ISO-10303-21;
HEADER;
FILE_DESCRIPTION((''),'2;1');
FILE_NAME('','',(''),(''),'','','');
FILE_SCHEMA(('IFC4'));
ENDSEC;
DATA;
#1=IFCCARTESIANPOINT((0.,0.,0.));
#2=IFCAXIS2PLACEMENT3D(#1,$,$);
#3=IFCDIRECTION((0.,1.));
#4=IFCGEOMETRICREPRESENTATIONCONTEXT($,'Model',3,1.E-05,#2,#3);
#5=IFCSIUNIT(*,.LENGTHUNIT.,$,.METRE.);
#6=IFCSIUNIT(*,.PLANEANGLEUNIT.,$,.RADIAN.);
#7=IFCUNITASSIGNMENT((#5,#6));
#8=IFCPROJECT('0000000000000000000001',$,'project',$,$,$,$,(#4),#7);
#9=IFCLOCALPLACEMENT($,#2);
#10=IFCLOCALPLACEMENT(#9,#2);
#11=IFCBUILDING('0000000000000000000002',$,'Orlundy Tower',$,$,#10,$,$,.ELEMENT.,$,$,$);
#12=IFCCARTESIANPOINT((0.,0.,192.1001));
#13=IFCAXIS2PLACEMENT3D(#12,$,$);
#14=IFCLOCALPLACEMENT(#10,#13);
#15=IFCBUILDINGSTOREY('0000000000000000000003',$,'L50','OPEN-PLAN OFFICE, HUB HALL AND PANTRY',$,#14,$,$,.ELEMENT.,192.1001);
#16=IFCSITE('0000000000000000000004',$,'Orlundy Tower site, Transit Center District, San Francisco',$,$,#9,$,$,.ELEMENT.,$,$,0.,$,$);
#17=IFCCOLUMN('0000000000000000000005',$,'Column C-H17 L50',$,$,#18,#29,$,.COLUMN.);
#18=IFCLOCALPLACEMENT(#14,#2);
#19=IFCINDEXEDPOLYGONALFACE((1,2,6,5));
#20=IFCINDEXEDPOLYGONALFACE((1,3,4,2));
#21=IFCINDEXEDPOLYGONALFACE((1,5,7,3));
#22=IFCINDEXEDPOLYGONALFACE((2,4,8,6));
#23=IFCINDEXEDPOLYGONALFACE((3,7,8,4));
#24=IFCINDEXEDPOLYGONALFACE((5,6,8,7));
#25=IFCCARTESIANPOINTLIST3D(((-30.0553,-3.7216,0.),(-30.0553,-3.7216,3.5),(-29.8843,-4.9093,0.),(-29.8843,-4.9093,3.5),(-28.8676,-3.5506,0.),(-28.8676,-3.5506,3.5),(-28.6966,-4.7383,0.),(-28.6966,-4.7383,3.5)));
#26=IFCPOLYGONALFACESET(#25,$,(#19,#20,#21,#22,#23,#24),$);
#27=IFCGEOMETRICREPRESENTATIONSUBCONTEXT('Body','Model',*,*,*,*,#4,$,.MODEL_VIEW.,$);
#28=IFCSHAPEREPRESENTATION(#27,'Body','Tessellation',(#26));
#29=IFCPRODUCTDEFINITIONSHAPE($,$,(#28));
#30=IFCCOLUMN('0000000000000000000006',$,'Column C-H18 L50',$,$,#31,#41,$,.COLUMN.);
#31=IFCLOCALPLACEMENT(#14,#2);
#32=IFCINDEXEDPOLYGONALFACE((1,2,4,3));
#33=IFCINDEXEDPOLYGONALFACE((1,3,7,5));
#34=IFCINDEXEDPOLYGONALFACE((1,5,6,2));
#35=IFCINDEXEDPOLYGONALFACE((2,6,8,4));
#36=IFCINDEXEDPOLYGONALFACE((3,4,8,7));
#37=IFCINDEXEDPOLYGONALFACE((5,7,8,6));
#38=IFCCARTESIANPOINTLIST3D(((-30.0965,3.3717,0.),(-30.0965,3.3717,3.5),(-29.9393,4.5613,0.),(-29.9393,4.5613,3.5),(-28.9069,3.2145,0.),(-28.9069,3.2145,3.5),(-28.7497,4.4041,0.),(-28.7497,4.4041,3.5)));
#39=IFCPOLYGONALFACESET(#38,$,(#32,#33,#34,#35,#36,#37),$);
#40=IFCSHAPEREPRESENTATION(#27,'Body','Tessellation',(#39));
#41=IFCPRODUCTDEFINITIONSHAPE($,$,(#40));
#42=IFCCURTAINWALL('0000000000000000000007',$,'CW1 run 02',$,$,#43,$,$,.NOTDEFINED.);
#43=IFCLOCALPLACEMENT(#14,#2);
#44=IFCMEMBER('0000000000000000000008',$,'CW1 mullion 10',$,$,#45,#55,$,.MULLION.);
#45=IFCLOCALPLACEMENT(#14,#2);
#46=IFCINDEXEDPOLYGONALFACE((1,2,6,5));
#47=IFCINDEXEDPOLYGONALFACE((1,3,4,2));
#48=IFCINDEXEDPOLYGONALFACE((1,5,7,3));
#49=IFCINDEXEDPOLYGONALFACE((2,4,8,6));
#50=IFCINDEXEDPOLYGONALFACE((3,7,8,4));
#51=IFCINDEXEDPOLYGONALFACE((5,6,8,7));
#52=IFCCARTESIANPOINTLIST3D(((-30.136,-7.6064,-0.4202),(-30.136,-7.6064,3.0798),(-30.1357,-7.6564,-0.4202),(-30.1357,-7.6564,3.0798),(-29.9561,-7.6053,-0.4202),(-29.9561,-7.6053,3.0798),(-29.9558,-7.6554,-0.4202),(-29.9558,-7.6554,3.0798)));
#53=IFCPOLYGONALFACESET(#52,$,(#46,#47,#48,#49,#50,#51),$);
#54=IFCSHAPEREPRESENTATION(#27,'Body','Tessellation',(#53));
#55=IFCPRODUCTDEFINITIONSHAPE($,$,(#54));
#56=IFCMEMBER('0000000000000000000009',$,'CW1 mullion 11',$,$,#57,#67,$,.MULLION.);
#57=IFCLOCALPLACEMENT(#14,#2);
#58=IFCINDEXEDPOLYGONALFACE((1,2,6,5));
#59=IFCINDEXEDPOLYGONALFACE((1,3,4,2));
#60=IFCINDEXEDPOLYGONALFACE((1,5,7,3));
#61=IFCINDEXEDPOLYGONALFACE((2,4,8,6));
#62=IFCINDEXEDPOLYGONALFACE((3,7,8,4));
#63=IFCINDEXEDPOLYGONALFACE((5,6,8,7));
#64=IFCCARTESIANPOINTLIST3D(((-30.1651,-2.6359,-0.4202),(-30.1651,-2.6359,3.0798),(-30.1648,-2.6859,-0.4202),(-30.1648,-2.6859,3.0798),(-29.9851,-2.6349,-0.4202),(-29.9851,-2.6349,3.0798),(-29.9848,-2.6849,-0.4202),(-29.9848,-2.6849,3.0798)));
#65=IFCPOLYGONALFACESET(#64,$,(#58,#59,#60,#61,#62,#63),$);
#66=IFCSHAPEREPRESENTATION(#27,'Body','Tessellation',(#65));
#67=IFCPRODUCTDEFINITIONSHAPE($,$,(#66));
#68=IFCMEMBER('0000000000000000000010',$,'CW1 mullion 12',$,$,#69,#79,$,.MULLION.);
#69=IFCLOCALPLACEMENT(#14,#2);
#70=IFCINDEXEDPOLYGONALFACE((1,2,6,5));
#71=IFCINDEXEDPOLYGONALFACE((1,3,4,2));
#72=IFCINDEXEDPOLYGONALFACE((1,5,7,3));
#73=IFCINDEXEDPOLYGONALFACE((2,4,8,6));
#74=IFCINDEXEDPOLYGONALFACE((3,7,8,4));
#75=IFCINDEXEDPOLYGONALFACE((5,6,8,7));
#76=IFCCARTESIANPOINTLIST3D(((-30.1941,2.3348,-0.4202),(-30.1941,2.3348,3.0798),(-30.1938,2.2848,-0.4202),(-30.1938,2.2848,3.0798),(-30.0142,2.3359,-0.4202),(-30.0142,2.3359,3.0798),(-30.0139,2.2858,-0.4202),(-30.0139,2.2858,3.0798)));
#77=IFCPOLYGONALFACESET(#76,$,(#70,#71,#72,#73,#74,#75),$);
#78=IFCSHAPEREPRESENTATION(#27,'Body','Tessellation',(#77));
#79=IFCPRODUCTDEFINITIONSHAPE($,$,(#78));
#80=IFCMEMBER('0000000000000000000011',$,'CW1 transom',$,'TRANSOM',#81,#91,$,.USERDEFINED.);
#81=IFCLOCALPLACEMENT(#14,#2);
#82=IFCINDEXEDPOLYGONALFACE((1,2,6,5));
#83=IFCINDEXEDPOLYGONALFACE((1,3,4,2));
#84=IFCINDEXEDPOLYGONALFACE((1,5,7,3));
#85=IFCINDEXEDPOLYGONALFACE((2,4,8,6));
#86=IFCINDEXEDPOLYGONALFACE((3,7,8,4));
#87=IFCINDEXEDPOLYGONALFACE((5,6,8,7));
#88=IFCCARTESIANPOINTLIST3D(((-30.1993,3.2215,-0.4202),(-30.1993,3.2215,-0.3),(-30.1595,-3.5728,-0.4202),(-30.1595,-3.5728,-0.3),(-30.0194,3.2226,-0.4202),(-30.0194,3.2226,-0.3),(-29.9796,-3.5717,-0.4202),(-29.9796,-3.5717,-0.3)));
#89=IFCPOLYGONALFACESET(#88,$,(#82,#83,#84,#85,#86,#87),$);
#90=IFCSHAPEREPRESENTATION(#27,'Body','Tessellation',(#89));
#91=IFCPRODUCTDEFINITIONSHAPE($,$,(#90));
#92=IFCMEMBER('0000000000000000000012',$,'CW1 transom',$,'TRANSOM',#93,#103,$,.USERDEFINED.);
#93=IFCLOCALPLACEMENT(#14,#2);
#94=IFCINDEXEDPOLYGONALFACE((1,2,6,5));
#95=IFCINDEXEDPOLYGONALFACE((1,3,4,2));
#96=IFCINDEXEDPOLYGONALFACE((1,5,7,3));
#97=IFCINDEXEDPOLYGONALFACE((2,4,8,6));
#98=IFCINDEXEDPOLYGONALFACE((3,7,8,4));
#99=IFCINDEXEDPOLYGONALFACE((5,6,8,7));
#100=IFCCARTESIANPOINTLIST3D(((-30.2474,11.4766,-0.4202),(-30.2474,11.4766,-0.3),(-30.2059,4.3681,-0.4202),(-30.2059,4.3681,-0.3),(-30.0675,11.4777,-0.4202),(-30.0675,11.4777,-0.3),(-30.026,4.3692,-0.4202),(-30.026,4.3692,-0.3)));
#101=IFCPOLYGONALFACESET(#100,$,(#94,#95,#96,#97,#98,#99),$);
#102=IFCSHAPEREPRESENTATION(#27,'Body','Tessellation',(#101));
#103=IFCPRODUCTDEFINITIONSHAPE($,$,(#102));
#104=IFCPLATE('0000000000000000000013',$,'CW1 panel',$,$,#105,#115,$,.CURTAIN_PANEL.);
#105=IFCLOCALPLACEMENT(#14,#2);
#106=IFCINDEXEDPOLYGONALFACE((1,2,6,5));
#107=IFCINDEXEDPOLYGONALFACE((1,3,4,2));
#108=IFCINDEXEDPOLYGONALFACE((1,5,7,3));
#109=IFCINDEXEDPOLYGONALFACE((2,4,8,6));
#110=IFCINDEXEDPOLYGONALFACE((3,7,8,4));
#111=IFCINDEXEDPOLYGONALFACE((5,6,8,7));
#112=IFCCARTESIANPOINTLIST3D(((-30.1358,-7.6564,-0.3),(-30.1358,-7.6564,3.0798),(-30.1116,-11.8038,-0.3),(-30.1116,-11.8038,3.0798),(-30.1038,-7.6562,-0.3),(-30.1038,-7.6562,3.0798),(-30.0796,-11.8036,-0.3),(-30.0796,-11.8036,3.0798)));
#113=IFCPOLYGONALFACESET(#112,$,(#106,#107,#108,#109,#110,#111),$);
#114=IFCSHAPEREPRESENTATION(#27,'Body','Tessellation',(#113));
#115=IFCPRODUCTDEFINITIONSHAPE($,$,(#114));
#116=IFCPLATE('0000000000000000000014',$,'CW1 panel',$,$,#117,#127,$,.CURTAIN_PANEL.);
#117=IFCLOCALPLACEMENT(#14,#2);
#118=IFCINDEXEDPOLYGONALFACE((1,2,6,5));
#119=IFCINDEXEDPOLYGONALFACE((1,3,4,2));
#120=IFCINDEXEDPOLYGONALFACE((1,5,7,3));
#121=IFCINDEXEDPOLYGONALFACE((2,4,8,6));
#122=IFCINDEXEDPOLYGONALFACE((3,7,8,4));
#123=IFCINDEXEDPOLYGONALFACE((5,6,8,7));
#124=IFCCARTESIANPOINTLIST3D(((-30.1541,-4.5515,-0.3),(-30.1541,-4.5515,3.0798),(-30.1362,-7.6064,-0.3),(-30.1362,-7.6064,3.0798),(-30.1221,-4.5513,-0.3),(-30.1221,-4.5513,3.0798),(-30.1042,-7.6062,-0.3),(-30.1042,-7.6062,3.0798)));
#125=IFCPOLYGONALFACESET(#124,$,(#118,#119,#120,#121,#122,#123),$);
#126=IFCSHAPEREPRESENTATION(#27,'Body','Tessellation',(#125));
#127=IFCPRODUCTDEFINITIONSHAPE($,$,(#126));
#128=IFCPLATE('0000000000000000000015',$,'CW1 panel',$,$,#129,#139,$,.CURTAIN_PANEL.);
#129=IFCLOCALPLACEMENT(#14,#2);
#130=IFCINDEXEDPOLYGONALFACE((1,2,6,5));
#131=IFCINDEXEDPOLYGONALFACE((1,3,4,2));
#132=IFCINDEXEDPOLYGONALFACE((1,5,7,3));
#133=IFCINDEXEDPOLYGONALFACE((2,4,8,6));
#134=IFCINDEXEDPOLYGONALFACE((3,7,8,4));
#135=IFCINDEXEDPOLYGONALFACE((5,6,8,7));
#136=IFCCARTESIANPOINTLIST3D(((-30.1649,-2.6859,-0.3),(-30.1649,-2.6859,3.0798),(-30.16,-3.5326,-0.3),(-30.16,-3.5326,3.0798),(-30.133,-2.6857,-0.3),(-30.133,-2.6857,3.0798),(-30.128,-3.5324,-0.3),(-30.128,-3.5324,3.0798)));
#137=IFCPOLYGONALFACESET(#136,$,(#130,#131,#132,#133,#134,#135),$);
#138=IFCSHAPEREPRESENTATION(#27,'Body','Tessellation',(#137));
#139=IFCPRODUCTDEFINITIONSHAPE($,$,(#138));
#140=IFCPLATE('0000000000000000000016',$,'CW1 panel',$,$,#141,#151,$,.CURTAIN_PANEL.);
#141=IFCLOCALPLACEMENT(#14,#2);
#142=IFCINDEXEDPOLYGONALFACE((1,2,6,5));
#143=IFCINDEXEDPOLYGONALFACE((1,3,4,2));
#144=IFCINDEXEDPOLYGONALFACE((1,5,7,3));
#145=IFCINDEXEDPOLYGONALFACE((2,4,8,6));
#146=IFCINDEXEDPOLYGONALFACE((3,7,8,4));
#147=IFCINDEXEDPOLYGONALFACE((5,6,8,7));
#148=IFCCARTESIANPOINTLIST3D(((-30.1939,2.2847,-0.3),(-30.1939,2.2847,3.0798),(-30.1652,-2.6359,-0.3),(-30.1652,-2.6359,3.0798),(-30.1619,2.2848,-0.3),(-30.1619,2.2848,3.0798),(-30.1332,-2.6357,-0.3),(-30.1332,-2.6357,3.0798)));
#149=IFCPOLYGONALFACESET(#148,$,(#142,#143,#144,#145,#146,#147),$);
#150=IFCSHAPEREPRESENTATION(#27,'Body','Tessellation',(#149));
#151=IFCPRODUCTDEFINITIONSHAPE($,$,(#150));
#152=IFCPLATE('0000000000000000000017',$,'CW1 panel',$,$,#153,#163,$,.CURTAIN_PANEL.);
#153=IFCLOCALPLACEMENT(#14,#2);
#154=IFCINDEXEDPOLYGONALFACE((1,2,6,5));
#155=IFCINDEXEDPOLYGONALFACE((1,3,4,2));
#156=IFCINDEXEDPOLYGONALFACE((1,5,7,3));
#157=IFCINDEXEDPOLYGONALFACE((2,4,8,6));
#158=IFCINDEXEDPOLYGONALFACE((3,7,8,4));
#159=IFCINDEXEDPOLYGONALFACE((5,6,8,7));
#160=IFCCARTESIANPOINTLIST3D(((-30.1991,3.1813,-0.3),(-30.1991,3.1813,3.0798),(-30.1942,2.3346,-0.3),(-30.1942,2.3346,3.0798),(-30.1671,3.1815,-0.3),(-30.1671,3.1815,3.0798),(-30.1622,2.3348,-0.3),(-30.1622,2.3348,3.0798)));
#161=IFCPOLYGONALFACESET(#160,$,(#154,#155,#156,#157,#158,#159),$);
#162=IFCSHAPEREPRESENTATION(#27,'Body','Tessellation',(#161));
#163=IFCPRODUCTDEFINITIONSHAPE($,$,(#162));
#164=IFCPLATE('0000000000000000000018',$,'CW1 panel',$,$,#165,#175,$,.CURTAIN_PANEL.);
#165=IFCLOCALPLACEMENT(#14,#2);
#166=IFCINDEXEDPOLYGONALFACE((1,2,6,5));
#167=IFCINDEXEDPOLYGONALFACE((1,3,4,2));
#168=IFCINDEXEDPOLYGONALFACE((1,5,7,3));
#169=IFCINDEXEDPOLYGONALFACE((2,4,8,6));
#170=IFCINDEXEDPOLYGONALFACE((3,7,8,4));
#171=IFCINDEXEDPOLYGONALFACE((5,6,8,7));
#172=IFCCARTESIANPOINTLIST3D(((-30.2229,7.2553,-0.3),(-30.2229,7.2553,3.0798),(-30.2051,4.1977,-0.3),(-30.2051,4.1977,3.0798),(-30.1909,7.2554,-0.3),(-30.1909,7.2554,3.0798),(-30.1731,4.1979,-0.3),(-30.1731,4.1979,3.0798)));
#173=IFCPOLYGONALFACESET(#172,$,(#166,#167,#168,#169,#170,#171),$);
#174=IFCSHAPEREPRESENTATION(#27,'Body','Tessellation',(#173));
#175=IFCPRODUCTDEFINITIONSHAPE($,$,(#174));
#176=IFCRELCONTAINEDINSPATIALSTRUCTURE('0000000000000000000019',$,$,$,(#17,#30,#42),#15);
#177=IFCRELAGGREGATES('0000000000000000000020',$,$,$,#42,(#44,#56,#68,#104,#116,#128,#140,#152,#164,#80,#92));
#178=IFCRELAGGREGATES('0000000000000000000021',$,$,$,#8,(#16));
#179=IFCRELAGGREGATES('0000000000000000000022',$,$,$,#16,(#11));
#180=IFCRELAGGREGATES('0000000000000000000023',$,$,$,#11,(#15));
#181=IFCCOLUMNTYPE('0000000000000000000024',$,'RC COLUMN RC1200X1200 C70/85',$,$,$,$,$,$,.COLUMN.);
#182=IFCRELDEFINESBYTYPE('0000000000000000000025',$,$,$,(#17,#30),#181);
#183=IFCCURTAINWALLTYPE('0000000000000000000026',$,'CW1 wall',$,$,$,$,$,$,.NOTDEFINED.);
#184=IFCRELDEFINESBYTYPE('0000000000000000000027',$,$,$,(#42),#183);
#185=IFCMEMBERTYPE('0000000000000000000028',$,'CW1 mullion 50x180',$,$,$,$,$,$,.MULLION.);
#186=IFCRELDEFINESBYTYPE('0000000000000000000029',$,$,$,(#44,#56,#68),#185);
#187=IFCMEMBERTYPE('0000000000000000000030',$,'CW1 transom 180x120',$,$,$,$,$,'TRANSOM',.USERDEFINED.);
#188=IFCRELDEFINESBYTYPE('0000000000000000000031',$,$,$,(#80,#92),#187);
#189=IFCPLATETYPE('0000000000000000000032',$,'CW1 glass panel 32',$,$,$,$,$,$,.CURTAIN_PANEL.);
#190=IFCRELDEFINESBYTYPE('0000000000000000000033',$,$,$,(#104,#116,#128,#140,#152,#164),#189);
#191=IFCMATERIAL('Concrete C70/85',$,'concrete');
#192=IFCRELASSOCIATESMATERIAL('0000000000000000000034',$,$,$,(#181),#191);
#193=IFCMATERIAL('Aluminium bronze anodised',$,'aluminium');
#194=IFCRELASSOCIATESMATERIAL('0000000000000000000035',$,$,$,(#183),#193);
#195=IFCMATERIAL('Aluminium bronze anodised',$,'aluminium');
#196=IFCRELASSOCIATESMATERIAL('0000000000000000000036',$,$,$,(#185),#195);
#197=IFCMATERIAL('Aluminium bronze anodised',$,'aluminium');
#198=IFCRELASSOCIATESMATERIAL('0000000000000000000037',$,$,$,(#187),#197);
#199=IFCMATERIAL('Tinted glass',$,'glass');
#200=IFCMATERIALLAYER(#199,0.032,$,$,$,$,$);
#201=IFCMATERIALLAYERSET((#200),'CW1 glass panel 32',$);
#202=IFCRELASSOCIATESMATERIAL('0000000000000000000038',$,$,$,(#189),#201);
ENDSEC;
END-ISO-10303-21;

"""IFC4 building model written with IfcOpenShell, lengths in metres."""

from ifc_helpers import new_model, si_unit, direction, frame, origin, origin_2d, place, context, subcontext, project, spatial, rectangle, extrude, material, layer, layer_set, material_profile, profile_set, type_object, element, aggregate, save


model = new_model("IFC4")

# Units and contexts
model_context = context("Model", 3, precision=1e-05, world=origin(), true_north=direction((0.0, 1.0)))
body_context = subcontext(model_context, "Body", "Model", "MODEL_VIEW")
ifc_project = project(units=[si_unit("LENGTHUNIT", "METRE"), si_unit("PLANEANGLEUNIT", "RADIAN")], contexts=[model_context])

# Site, building, storey
site_placement = place(None, origin())
site = spatial("IfcSite", under=ifc_project, at=site_placement, Name="Orlundy Tower site, Transit Center District, San Francisco", CompositionType="ELEMENT", RefElevation=0.0)
building_placement = place(site_placement, origin())
building = spatial("IfcBuilding", under=site, at=building_placement, Name="Orlundy Tower", CompositionType="ELEMENT")
storey_placement = place(building_placement, frame((0.0, 0.0, 192.1001)))
storey = spatial("IfcBuildingStorey", under=building, at=storey_placement, Name="L50", Description="OPEN-PLAN OFFICE, HUB HALL AND PANTRY", CompositionType="ELEMENT", Elevation=192.1001)

# Columns
ifc_material_1 = material(Name="Concrete C70/85", Category="concrete")
ifc_material_profile_1 = material_profile(ifc_material_1, rectangle(XDim=1.2, YDim=1.2, at=origin_2d()), Name="RC1200X1200")
ifc_profile_set_1 = profile_set([ifc_material_profile_1], Name="Concrete C70/85")
column_type = type_object("IfcColumnType", Name="RC COLUMN RC1200X1200 C70/85", PredefinedType="COLUMN", material=ifc_profile_set_1)
for number, where, z_axis, x_axis, name in (
    (1, (-29.376, -4.23, 0.0), (0.0, 0.0, 1.0), (-0.989791, -0.142525, 0.0), "Column C-H17 L50"),
    (2, (-29.4231, 3.8879, 0.0), (0.0, 0.0, 1.0), (-0.991381, 0.131011, 0.0), "Column C-H18 L50"),
):
    element("IfcColumn", number, at=place(storey_placement, frame(where, z_axis=z_axis, x_axis=x_axis)), inside=storey, type_object=column_type, Name=name, PredefinedType="COLUMN", context=body_context, shape_type="SweptSolid", body=[
        extrude(rectangle(XDim=1.2, YDim=1.2, at=origin_2d()), origin(), (0.0, 0.0, 1.0), 3.5),
    ])

# Curtain wall, members, plates
ifc_material_2 = material(Name="Aluminium bronze anodised", Category="aluminium")
curtain_wall_type = type_object("IfcCurtainWallType", Name="CW1 wall", PredefinedType="NOTDEFINED", material=ifc_material_2)
curtain_wall_placement = place(storey_placement, origin())
curtain_wall = element("IfcCurtainWall", 3, at=curtain_wall_placement, inside=storey, type_object=curtain_wall_type, Name="CW1 run 02", PredefinedType="NOTDEFINED")
ifc_material_3 = material(Name="Aluminium bronze anodised", Category="aluminium")
ifc_material_profile_2 = material_profile(ifc_material_3, rectangle(XDim=0.1799, YDim=0.05, at=origin_2d()), Name="CW1 mullion 50x180")
ifc_profile_set_2 = profile_set([ifc_material_profile_2], Name="Aluminium bronze anodised")
member_type_1 = type_object("IfcMemberType", Name="CW1 mullion 50x180", PredefinedType="MULLION", material=ifc_profile_set_2)
member_1_placement = place(storey_placement, frame((-30.0459, -7.6309, -0.4202), z_axis=(0.0, 0.0, 1.0), x_axis=(-0.999983, -0.005834, 0.0)))
member_1 = element("IfcMember", 4, at=member_1_placement, type_object=member_type_1, Name="CW1 mullion 10", PredefinedType="MULLION", context=body_context, shape_type="SweptSolid", body=[
    extrude(rectangle(XDim=0.1799, YDim=0.05, at=origin_2d()), origin(), (0.0, 0.0, 1.0), 3.5),
])
member_2_placement = place(storey_placement, frame((-30.075, -2.6604, -0.4202), z_axis=(0.0, 0.0, 1.0), x_axis=(-0.999983, -0.005834, 0.0)))
member_2 = element("IfcMember", 5, at=member_2_placement, type_object=member_type_1, Name="CW1 mullion 11", PredefinedType="MULLION", context=body_context, shape_type="SweptSolid", body=[
    extrude(rectangle(XDim=0.1799, YDim=0.05, at=origin_2d()), origin(), (0.0, 0.0, 1.0), 3.5),
])
member_3_placement = place(storey_placement, frame((-30.104, 2.3103, -0.4202), z_axis=(0.0, 0.0, 1.0), x_axis=(-0.999983, -0.005834, 0.0)))
member_3 = element("IfcMember", 6, at=member_3_placement, type_object=member_type_1, Name="CW1 mullion 12", PredefinedType="MULLION", context=body_context, shape_type="SweptSolid", body=[
    extrude(rectangle(XDim=0.1799, YDim=0.05, at=origin_2d()), origin(), (0.0, 0.0, 1.0), 3.5),
])
ifc_material_4 = material(Name="Aluminium bronze anodised", Category="aluminium")
ifc_material_profile_3 = material_profile(ifc_material_4, rectangle(XDim=0.1799, YDim=0.1201, at=origin_2d()), Name="CW1 transom 180x120")
ifc_profile_set_3 = profile_set([ifc_material_profile_3], Name="Aluminium bronze anodised")
member_type_2 = type_object("IfcMemberType", Name="CW1 transom 180x120", ElementType="TRANSOM", PredefinedType="USERDEFINED", material=ifc_profile_set_3)
member_4_placement = place(storey_placement, frame((-30.0696, -3.5723, -0.3601), z_axis=(-0.005857, 0.999983, 0.0), x_axis=(-0.999983, -0.005857, 0.0)))
member_4 = element("IfcMember", 7, at=member_4_placement, type_object=member_type_2, Name="CW1 transom", ObjectType="TRANSOM", PredefinedType="USERDEFINED", context=body_context, shape_type="SweptSolid", body=[
    extrude(rectangle(XDim=0.1799, YDim=0.1201, at=origin_2d()), origin(), (0.0, 0.0, 1.0), 6.7944),
])
member_5_placement = place(storey_placement, frame((-30.116, 4.3687, -0.3601), z_axis=(-0.005838, 0.999983, 0.0), x_axis=(-0.999983, -0.005838, 0.0)))
member_5 = element("IfcMember", 8, at=member_5_placement, type_object=member_type_2, Name="CW1 transom", ObjectType="TRANSOM", PredefinedType="USERDEFINED", context=body_context, shape_type="SweptSolid", body=[
    extrude(rectangle(XDim=0.1799, YDim=0.1201, at=origin_2d()), origin(), (0.0, 0.0, 1.0), 7.1086),
])
ifc_material_5 = material(Name="Tinted glass", Category="glass")
ifc_layer_1 = layer(ifc_material_5, 0.032)
ifc_layer_set_1 = layer_set([ifc_layer_1], Name="CW1 glass panel 32")
plate_type = type_object("IfcPlateType", Name="CW1 glass panel 32", PredefinedType="CURTAIN_PANEL", material=ifc_layer_set_1)
plate_1_placement = place(storey_placement, frame((-30.1077, -9.73, -0.3), z_axis=(0.0, 0.0, 1.0), x_axis=(-0.005834, 0.999983, 0.0)))
plate_1 = element("IfcPlate", 9, at=plate_1_placement, type_object=plate_type, Name="CW1 panel", PredefinedType="CURTAIN_PANEL", context=body_context, shape_type="SweptSolid", body=[
    extrude(rectangle(XDim=4.1475, YDim=0.032, at=origin_2d()), origin(), (0.0, 0.0, 1.0), 3.3799),
])
plate_2_placement = place(storey_placement, frame((-30.1292, -6.0789, -0.3), z_axis=(0.0, 0.0, 1.0), x_axis=(-0.005834, 0.999983, 0.0)))
plate_2 = element("IfcPlate", 10, at=plate_2_placement, type_object=plate_type, Name="CW1 panel", PredefinedType="CURTAIN_PANEL", context=body_context, shape_type="SweptSolid", body=[
    extrude(rectangle(XDim=3.0549, YDim=0.032, at=origin_2d()), origin(), (0.0, 0.0, 1.0), 3.3799),
])
plate_3_placement = place(storey_placement, frame((-30.1465, -3.1091, -0.3), z_axis=(0.0, 0.0, 1.0), x_axis=(-0.005834, 0.999983, 0.0)))
plate_3 = element("IfcPlate", 11, at=plate_3_placement, type_object=plate_type, Name="CW1 panel", PredefinedType="CURTAIN_PANEL", context=body_context, shape_type="SweptSolid", body=[
    extrude(rectangle(XDim=0.8467, YDim=0.032, at=origin_2d()), origin(), (0.0, 0.0, 1.0), 3.3799),
])
plate_4_placement = place(storey_placement, frame((-30.1636, -0.1755, -0.3), z_axis=(0.0, 0.0, 1.0), x_axis=(-0.005834, 0.999983, 0.0)))
plate_4 = element("IfcPlate", 12, at=plate_4_placement, type_object=plate_type, Name="CW1 panel", PredefinedType="CURTAIN_PANEL", context=body_context, shape_type="SweptSolid", body=[
    extrude(rectangle(XDim=4.9207, YDim=0.032, at=origin_2d()), origin(), (0.0, 0.0, 1.0), 3.3799),
])
plate_5_placement = place(storey_placement, frame((-30.1807, 2.7581, -0.3), z_axis=(0.0, 0.0, 1.0), x_axis=(-0.005834, 0.999983, 0.0)))
plate_5 = element("IfcPlate", 13, at=plate_5_placement, type_object=plate_type, Name="CW1 panel", PredefinedType="CURTAIN_PANEL", context=body_context, shape_type="SweptSolid", body=[
    extrude(rectangle(XDim=0.8467, YDim=0.032, at=origin_2d()), origin(), (0.0, 0.0, 1.0), 3.3799),
])
plate_6_placement = place(storey_placement, frame((-30.198, 5.7266, -0.3), z_axis=(0.0, 0.0, 1.0), x_axis=(-0.005834, 0.999983, 0.0)))
plate_6 = element("IfcPlate", 14, at=plate_6_placement, type_object=plate_type, Name="CW1 panel", PredefinedType="CURTAIN_PANEL", context=body_context, shape_type="SweptSolid", body=[
    extrude(rectangle(XDim=3.0576, YDim=0.032, at=origin_2d()), origin(), (0.0, 0.0, 1.0), 3.3799),
])
aggregate(curtain_wall, [member_1, member_2, member_3, plate_1, plate_2, plate_3, plate_4, plate_5, plate_6, member_4, member_5])

save(model, "model.ifc")
